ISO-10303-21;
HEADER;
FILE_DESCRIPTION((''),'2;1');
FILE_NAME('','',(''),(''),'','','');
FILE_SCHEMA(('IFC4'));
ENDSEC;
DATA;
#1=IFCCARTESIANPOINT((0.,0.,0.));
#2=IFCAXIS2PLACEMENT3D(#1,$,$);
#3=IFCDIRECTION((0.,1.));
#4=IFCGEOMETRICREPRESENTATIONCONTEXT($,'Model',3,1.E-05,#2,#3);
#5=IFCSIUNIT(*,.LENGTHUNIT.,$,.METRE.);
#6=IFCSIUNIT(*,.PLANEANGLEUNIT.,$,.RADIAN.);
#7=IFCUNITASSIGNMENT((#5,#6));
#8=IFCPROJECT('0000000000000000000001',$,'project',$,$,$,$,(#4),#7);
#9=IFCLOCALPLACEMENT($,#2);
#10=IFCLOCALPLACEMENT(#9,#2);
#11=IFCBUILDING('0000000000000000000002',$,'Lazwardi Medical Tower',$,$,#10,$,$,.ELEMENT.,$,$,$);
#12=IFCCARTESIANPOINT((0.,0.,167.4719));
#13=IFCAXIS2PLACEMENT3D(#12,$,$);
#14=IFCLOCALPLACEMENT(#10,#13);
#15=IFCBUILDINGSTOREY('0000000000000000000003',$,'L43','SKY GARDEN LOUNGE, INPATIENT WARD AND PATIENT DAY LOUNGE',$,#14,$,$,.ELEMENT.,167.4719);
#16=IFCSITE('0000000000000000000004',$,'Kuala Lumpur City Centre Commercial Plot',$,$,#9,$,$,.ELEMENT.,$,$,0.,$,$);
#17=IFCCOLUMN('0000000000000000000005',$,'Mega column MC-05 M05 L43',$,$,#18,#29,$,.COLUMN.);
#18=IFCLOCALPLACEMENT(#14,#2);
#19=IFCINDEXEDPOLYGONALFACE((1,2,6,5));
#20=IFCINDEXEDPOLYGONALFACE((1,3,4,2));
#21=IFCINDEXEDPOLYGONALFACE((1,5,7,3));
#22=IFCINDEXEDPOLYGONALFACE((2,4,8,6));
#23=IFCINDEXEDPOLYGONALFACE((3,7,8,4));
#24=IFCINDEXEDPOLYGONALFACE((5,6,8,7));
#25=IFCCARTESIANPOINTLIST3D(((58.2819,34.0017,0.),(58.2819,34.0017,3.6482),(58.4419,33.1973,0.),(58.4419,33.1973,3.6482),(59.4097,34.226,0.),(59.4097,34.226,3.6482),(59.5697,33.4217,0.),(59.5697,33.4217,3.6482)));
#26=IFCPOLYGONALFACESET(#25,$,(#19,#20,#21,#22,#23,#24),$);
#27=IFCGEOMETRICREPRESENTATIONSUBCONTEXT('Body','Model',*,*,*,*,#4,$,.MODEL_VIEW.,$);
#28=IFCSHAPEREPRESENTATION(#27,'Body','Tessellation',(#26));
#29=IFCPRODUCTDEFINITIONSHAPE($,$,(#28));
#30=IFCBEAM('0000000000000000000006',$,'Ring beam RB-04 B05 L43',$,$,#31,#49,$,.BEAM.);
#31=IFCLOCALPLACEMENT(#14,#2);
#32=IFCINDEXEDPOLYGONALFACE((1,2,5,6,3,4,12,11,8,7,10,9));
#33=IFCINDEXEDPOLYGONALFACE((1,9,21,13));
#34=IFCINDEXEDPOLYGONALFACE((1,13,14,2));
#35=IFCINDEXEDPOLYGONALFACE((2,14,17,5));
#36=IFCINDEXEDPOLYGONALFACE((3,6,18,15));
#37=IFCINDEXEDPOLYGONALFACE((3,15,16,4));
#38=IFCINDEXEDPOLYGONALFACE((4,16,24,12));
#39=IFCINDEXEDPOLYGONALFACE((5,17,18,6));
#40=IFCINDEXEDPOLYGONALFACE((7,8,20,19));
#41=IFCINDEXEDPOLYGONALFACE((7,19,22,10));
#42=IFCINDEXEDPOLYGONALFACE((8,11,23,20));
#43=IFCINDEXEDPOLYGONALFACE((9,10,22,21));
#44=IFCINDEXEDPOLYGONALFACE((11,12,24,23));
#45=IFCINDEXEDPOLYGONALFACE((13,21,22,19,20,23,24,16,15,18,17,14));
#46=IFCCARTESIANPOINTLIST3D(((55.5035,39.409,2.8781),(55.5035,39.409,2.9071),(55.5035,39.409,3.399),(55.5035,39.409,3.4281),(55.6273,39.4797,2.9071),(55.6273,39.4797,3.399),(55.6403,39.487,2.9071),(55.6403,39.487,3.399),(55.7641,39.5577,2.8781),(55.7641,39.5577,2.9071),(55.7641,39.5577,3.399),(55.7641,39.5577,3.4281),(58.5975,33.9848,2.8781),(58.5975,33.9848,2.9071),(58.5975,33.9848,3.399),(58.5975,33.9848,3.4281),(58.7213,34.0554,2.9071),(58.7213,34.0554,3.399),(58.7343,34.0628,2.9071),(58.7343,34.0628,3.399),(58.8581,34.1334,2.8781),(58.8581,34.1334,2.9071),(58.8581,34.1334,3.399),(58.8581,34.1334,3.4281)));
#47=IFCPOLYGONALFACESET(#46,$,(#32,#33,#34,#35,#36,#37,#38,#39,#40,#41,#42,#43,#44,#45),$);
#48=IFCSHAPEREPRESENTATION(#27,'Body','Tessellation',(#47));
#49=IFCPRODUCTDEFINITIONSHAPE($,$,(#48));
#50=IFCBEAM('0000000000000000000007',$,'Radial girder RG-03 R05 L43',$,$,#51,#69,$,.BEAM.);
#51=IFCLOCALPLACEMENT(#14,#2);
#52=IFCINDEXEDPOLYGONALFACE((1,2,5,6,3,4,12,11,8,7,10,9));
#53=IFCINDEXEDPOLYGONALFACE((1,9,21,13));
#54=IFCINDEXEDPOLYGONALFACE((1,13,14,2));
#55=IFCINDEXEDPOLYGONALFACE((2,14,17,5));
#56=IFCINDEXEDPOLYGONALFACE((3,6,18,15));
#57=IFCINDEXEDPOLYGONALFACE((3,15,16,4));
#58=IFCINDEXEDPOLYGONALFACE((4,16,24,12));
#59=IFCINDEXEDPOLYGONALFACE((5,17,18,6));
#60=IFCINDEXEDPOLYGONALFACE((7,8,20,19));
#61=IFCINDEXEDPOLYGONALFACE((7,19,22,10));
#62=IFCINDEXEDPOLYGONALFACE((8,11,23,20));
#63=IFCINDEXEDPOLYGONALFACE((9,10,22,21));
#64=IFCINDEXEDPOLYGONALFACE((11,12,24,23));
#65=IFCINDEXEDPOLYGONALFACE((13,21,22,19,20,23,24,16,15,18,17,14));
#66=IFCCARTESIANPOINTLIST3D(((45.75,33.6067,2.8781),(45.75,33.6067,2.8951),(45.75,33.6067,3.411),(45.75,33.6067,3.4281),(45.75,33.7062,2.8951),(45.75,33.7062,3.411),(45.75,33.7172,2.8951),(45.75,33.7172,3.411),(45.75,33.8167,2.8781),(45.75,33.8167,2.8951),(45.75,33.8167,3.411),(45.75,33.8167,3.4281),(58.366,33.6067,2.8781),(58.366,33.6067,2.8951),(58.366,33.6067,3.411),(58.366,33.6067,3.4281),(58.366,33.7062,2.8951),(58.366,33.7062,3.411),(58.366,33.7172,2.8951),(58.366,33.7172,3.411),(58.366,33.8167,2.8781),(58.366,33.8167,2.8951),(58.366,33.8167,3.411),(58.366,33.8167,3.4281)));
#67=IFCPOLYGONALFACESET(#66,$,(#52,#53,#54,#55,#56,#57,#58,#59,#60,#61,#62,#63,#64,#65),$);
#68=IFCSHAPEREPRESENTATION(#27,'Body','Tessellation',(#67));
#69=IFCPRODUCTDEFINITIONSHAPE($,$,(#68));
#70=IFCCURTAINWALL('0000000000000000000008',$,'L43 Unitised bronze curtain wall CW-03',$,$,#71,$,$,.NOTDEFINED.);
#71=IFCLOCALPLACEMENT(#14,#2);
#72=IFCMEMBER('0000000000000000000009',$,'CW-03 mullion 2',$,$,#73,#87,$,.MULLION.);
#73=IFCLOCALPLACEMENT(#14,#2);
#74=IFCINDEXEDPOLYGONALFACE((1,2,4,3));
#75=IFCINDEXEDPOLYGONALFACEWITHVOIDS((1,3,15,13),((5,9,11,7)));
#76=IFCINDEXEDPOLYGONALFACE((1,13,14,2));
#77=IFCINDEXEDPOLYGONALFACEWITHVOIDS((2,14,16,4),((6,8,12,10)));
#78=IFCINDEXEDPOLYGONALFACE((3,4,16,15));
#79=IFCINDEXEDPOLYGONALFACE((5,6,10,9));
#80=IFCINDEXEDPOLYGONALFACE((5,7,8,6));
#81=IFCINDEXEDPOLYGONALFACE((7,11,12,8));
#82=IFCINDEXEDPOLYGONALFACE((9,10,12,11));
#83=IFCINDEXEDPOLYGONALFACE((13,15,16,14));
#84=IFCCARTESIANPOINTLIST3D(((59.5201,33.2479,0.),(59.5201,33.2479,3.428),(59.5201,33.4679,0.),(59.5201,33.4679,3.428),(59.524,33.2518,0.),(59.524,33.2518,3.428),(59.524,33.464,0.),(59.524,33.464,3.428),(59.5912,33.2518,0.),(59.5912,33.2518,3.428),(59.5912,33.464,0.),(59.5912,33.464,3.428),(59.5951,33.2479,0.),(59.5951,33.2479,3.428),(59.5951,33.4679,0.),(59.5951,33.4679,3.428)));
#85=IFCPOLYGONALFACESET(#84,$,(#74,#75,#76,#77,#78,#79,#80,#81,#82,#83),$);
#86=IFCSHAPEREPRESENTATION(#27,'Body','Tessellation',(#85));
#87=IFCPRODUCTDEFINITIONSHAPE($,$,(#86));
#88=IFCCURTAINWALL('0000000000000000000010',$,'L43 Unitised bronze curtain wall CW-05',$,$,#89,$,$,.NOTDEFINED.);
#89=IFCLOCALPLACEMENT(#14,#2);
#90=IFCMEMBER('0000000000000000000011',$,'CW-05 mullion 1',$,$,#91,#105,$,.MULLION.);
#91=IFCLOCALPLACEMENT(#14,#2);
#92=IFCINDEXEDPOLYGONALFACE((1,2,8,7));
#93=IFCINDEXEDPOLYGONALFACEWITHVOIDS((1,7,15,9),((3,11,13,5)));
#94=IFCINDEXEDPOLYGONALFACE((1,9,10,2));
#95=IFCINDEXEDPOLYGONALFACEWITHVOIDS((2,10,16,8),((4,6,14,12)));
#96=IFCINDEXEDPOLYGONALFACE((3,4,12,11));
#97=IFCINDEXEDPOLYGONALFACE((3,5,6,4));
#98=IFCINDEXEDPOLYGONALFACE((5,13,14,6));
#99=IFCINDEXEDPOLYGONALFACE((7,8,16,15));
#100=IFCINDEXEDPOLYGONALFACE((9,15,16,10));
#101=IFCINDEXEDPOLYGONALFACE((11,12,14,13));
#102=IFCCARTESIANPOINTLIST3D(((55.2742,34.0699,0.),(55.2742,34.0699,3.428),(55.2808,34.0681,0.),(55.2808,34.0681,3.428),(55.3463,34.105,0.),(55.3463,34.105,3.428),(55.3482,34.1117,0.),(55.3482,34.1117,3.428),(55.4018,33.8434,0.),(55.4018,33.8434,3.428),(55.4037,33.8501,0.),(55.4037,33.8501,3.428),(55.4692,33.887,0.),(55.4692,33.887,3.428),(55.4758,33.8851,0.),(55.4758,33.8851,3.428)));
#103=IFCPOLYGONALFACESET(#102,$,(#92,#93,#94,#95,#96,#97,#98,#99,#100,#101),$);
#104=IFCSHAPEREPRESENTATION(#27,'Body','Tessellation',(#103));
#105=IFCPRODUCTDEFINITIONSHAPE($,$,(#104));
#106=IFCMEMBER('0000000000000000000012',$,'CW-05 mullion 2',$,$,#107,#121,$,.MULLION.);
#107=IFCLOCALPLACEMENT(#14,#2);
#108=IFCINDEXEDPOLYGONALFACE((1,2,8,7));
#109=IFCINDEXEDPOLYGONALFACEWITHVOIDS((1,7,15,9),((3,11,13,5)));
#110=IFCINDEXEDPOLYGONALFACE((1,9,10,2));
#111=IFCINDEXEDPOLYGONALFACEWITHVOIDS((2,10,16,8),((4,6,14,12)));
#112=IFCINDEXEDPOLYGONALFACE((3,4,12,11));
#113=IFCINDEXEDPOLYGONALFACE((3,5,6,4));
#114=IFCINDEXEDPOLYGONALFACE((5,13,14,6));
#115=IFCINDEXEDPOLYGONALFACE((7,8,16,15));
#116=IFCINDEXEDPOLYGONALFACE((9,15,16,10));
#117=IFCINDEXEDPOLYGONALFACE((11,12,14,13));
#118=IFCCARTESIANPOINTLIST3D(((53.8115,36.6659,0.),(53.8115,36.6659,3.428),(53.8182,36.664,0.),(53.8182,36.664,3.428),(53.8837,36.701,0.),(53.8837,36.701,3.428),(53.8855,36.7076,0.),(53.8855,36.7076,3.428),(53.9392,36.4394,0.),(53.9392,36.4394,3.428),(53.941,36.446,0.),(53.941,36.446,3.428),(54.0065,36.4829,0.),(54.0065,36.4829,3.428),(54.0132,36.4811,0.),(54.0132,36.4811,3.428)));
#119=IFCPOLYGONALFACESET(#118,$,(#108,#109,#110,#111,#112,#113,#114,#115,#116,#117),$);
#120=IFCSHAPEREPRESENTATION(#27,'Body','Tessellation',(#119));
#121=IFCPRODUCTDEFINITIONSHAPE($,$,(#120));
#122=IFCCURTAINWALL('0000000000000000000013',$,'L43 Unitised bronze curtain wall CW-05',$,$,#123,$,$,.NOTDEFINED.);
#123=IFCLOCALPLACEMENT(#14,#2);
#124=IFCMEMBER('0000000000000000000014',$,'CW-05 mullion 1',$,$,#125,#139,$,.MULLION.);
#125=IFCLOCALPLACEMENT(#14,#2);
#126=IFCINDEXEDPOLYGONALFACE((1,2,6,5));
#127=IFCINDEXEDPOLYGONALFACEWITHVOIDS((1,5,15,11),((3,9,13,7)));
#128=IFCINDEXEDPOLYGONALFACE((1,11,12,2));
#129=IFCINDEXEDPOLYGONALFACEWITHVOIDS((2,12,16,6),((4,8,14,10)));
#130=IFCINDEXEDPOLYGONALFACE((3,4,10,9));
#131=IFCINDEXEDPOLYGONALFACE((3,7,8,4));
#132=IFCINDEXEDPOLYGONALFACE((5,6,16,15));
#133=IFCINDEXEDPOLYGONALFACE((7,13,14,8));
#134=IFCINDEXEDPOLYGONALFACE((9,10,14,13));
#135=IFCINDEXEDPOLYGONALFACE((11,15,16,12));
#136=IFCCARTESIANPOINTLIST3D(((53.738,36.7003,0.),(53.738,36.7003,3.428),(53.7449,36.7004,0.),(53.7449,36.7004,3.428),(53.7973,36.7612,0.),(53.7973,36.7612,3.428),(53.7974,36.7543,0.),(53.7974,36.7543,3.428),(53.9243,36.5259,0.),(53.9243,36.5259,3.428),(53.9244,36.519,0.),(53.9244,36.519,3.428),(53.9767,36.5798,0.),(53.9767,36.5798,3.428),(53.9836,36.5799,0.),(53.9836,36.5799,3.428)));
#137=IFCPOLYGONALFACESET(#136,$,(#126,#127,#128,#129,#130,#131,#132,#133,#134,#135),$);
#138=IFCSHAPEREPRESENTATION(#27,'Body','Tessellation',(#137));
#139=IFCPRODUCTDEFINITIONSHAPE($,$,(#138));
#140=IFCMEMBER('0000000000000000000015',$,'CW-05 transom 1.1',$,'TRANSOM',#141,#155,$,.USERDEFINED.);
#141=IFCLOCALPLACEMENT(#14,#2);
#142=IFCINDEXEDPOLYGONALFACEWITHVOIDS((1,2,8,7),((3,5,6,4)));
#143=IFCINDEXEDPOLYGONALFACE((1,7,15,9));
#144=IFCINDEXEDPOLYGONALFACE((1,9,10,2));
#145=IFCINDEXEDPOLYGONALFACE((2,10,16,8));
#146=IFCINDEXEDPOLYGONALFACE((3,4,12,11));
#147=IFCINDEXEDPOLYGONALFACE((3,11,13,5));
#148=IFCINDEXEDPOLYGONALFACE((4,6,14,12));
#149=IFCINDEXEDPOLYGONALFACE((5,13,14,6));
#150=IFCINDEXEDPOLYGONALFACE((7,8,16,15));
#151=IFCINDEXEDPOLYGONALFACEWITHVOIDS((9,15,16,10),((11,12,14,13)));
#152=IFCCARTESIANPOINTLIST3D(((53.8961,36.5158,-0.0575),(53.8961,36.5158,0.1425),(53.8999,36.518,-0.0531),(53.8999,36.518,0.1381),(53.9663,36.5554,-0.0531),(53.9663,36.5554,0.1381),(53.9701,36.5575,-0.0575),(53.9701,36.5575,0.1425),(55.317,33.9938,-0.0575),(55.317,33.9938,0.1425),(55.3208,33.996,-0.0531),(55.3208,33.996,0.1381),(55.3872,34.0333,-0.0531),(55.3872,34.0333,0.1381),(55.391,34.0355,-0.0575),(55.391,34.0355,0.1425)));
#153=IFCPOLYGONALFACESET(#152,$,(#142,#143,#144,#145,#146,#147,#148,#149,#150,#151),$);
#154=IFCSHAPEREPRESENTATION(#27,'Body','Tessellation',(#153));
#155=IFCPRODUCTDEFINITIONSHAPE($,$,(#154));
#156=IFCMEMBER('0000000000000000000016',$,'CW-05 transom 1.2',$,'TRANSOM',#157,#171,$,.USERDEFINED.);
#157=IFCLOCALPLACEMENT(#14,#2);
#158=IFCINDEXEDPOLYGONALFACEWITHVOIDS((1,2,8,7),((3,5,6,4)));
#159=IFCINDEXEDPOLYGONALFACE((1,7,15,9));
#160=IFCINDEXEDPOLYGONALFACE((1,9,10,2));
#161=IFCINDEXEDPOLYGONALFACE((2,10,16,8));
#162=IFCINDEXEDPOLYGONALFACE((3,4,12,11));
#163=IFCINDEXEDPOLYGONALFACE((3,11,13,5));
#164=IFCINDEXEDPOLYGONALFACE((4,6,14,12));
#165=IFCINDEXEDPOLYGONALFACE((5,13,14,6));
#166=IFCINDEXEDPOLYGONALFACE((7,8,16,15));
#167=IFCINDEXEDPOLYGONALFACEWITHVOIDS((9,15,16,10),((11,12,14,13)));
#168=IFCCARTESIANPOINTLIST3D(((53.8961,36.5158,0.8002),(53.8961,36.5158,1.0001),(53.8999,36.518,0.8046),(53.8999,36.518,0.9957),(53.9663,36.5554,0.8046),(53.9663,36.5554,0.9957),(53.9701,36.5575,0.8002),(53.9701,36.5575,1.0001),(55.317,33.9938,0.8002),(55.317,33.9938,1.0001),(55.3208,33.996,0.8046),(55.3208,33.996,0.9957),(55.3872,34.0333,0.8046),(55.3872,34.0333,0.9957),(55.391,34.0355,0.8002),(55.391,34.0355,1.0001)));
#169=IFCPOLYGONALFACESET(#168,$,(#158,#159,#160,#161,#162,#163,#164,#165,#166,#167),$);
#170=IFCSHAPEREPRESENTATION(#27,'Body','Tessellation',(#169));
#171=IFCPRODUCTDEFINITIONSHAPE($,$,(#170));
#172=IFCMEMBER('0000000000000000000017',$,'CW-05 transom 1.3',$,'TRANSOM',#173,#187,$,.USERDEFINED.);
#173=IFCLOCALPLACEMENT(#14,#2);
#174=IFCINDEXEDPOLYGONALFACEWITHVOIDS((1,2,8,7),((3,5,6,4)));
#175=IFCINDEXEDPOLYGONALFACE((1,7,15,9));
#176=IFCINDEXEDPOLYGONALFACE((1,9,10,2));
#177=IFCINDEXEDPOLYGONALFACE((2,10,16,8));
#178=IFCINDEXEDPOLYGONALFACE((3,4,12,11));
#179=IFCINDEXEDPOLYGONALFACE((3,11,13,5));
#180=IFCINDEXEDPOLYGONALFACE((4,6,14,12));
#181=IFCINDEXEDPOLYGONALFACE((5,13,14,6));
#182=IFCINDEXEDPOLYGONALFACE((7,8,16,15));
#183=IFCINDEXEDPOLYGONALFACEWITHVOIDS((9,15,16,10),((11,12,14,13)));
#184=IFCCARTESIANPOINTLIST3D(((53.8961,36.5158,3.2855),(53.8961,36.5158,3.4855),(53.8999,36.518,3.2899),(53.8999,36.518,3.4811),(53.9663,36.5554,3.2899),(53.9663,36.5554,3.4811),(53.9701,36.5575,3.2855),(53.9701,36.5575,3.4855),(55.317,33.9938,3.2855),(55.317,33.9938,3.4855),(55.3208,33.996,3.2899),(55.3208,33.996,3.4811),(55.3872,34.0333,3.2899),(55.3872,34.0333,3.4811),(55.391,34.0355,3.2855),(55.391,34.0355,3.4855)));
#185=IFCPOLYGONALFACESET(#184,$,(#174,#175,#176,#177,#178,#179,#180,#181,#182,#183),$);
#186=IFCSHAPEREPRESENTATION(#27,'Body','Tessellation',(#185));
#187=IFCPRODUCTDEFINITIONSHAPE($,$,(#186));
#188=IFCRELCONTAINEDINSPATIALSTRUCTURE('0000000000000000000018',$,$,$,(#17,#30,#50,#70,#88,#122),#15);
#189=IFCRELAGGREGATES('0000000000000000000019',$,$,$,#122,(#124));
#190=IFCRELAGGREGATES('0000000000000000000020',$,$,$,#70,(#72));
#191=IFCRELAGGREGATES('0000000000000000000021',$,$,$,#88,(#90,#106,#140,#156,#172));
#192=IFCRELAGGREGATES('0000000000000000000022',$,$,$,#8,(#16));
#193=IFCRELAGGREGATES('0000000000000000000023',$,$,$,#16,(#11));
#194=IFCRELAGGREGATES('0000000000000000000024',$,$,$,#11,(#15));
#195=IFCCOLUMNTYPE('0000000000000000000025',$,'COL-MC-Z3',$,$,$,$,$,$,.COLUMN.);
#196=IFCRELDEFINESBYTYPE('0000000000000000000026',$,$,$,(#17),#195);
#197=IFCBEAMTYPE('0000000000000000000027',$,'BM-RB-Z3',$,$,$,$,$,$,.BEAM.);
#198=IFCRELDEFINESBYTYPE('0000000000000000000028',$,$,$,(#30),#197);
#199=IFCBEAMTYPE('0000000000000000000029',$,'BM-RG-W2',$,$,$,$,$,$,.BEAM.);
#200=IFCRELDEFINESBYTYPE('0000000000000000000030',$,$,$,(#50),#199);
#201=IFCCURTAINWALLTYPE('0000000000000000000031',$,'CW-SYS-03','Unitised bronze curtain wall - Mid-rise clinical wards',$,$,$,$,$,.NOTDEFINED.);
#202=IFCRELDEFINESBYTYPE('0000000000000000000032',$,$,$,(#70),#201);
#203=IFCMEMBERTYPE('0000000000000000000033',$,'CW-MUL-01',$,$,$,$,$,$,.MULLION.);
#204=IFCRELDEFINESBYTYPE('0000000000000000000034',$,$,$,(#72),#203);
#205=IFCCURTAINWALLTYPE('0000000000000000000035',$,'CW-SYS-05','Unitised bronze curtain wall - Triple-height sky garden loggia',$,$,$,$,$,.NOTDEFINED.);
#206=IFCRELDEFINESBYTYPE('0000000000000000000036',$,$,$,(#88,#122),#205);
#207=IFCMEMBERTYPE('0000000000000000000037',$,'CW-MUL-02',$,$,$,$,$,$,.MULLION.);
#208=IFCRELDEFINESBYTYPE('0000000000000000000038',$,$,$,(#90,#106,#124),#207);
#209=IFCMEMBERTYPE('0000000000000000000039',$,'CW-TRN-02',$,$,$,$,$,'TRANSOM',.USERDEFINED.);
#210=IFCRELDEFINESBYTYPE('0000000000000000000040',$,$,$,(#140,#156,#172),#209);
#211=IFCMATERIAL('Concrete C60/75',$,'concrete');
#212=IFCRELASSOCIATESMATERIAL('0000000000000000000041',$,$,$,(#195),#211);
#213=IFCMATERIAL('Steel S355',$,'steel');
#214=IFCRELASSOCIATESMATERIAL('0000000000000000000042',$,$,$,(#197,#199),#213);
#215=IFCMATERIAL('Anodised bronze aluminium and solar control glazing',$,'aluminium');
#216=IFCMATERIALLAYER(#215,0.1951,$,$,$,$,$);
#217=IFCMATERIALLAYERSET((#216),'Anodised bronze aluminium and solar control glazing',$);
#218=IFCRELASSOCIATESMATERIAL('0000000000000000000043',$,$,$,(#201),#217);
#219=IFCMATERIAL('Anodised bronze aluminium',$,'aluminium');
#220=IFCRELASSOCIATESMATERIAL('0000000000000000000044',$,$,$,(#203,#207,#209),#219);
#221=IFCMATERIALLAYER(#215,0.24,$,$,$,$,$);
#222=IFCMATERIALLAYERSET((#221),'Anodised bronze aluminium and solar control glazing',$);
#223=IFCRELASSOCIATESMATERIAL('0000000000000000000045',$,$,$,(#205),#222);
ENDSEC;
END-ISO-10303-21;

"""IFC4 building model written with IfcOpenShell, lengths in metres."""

from ifc_helpers import new_model, si_unit, direction, frame, origin, origin_2d, place, context, subcontext, project, spatial, rectangle, hollow_rectangle, i_section, extrude, material, layer, layer_set, material_profile, profile_set, type_object, element, aggregate, save


model = new_model("IFC4")

# Units and contexts
model_context = context("Model", 3, precision=1e-05, world=origin(), true_north=direction((0.0, 1.0)))
body_context = subcontext(model_context, "Body", "Model", "MODEL_VIEW")
ifc_project = project(units=[si_unit("LENGTHUNIT", "METRE"), si_unit("PLANEANGLEUNIT", "RADIAN")], contexts=[model_context])

# Site, building, storey
site_placement = place(None, origin())
site = spatial("IfcSite", under=ifc_project, at=site_placement, Name="Kuala Lumpur City Centre Commercial Plot", CompositionType="ELEMENT", RefElevation=0.0)
building_placement = place(site_placement, origin())
building = spatial("IfcBuilding", under=site, at=building_placement, Name="Lazwardi Medical Tower", CompositionType="ELEMENT")
storey_placement = place(building_placement, frame((0.0, 0.0, 167.4719)))
storey = spatial("IfcBuildingStorey", under=building, at=storey_placement, Name="L43", Description="SKY GARDEN LOUNGE, INPATIENT WARD AND PATIENT DAY LOUNGE", CompositionType="ELEMENT", Elevation=167.4719)

# Column
ifc_material_1 = material(Name="Concrete C60/75", Category="concrete")
ifc_material_profile_1 = material_profile(ifc_material_1, rectangle(XDim=1.1499, YDim=0.8201, at=origin_2d()), Name="CFT-RECT 1150x820")
ifc_profile_set_1 = profile_set([ifc_material_profile_1], Name="Concrete C60/75")
column_type = type_object("IfcColumnType", Name="COL-MC-Z3", PredefinedType="COLUMN", material=ifc_profile_set_1)
column_placement = place(storey_placement, frame((58.9258, 33.7117, 0.0), z_axis=(0.0, 0.0, 1.0), x_axis=(0.980785, 0.19509, 0.0)))
element("IfcColumn", 1, at=column_placement, inside=storey, type_object=column_type, Name="Mega column MC-05 M05 L43", PredefinedType="COLUMN", context=body_context, shape_type="SweptSolid", body=[
    extrude(rectangle(XDim=1.1499, YDim=0.8201, at=origin_2d()), origin(), (0.0, 0.0, 1.0), 3.6482),
])

# Beams
ifc_material_2 = material(Name="Steel S355", Category="steel")
ifc_material_profile_2 = material_profile(ifc_material_2, i_section(OverallWidth=0.3, OverallDepth=0.55, WebThickness=0.0149, FlangeThickness=0.0291, at=origin_2d()), Name="HEB 550")
ifc_profile_set_2 = profile_set([ifc_material_profile_2], Name="Steel S355")
beam_type_1 = type_object("IfcBeamType", Name="BM-RB-Z3", PredefinedType="BEAM", material=ifc_profile_set_2)
beam_1_placement = place(storey_placement, frame((58.7278, 34.0591, 3.1531), z_axis=(-0.495461, 0.86863, 0.0), x_axis=(-0.86863, -0.495461, 0.0)))
element("IfcBeam", 2, at=beam_1_placement, inside=storey, type_object=beam_type_1, Name="Ring beam RB-04 B05 L43", PredefinedType="BEAM", context=body_context, shape_type="SweptSolid", body=[
    extrude(i_section(OverallWidth=0.3, OverallDepth=0.55, WebThickness=0.0149, FlangeThickness=0.0291, at=origin_2d()), origin(), (0.0, 0.0, 1.0), 6.2446),
])
ifc_material_profile_3 = material_profile(ifc_material_2, i_section(OverallWidth=0.21, OverallDepth=0.55, WebThickness=0.011, FlangeThickness=0.0171, at=origin_2d()), Name="IPE 550")
ifc_profile_set_3 = profile_set([ifc_material_profile_3], Name="Steel S355")
beam_type_2 = type_object("IfcBeamType", Name="BM-RG-W2", PredefinedType="BEAM", material=ifc_profile_set_3)
beam_2_placement = place(storey_placement, frame((58.366, 33.7117, 3.1531), z_axis=(-1.0, 0.0, 0.0), x_axis=(0.0, -1.0, 0.0)))
element("IfcBeam", 3, at=beam_2_placement, inside=storey, type_object=beam_type_2, Name="Radial girder RG-03 R05 L43", PredefinedType="BEAM", context=body_context, shape_type="SweptSolid", body=[
    extrude(i_section(OverallWidth=0.21, OverallDepth=0.55, WebThickness=0.011, FlangeThickness=0.0171, at=origin_2d()), origin(), (0.0, 0.0, 1.0), 12.616),
])

# Curtain wall, member
ifc_material_3 = material(Name="Anodised bronze aluminium and solar control glazing", Category="aluminium")
ifc_layer_1 = layer(ifc_material_3, 0.1951)
ifc_layer_set_1 = layer_set([ifc_layer_1], Name="Anodised bronze aluminium and solar control glazing")
curtain_wall_type_1 = type_object("IfcCurtainWallType", Name="CW-SYS-03", Description="Unitised bronze curtain wall - Mid-rise clinical wards", PredefinedType="NOTDEFINED", material=ifc_layer_set_1)
curtain_wall_1_placement = place(storey_placement, origin())
curtain_wall_1 = element("IfcCurtainWall", 4, at=curtain_wall_1_placement, inside=storey, type_object=curtain_wall_type_1, Name="L43 Unitised bronze curtain wall CW-03", PredefinedType="NOTDEFINED")
ifc_material_4 = material(Name="Anodised bronze aluminium", Category="aluminium")
ifc_material_profile_4 = material_profile(ifc_material_4, hollow_rectangle(XDim=0.075, YDim=0.22, WallThickness=0.0039, at=origin_2d()), Name="ALU-MULLION 220x75x4")
ifc_profile_set_4 = profile_set([ifc_material_profile_4], Name="Anodised bronze aluminium")
member_type_1 = type_object("IfcMemberType", Name="CW-MUL-01", PredefinedType="MULLION", material=ifc_profile_set_4)
member_1_placement = place(storey_placement, frame((59.5576, 33.3579, 0.0), z_axis=(0.0, 0.0, 1.0), x_axis=(-1.0, 0.0, 0.0)))
member_1 = element("IfcMember", 5, at=member_1_placement, type_object=member_type_1, Name="CW-03 mullion 2", PredefinedType="MULLION", context=body_context, shape_type="SweptSolid", body=[
    extrude(hollow_rectangle(XDim=0.075, YDim=0.22, WallThickness=0.0039, at=origin_2d()), origin(), (0.0, 0.0, 1.0), 3.428),
])

# Curtain wall, members
ifc_layer_2 = layer(ifc_material_3, 0.24)
ifc_layer_set_2 = layer_set([ifc_layer_2], Name="Anodised bronze aluminium and solar control glazing")
curtain_wall_type_2 = type_object("IfcCurtainWallType", Name="CW-SYS-05", Description="Unitised bronze curtain wall - Triple-height sky garden loggia", PredefinedType="NOTDEFINED", material=ifc_layer_set_2)
curtain_wall_2_placement = place(storey_placement, origin())
curtain_wall_2 = element("IfcCurtainWall", 6, at=curtain_wall_2_placement, inside=storey, type_object=curtain_wall_type_2, Name="L43 Unitised bronze curtain wall CW-05", PredefinedType="NOTDEFINED")
ifc_material_profile_5 = material_profile(ifc_material_4, hollow_rectangle(XDim=0.085, YDim=0.26, WallThickness=0.0049, at=origin_2d()), Name="ALU-MULLION 260x85x5")
ifc_profile_set_5 = profile_set([ifc_material_profile_5], Name="Anodised bronze aluminium")
member_type_2 = type_object("IfcMemberType", Name="CW-MUL-02", PredefinedType="MULLION", material=ifc_profile_set_5)
member_2_placement = place(storey_placement, frame((55.375, 33.9775, 0.0), z_axis=(0.0, 0.0, 1.0), x_axis=(-0.871223, -0.490887, 0.0)))
member_2 = element("IfcMember", 7, at=member_2_placement, type_object=member_type_2, Name="CW-05 mullion 1", PredefinedType="MULLION", context=body_context, shape_type="SweptSolid", body=[
    extrude(hollow_rectangle(XDim=0.085, YDim=0.26, WallThickness=0.0049, at=origin_2d()), origin(), (0.0, 0.0, 1.0), 3.428),
])
member_3_placement = place(storey_placement, frame((53.9124, 36.5735, 0.0), z_axis=(0.0, 0.0, 1.0), x_axis=(-0.871223, -0.490887, 0.0)))
member_3 = element("IfcMember", 8, at=member_3_placement, type_object=member_type_2, Name="CW-05 mullion 2", PredefinedType="MULLION", context=body_context, shape_type="SweptSolid", body=[
    extrude(hollow_rectangle(XDim=0.085, YDim=0.26, WallThickness=0.0049, at=origin_2d()), origin(), (0.0, 0.0, 1.0), 3.428),
])

# Curtain wall, member
curtain_wall_3_placement = place(storey_placement, origin())
curtain_wall_3 = element("IfcCurtainWall", 9, at=curtain_wall_3_placement, inside=storey, type_object=curtain_wall_type_2, Name="L43 Unitised bronze curtain wall CW-05", PredefinedType="NOTDEFINED")
member_4_placement = place(storey_placement, frame((53.8608, 36.6401, 0.0), z_axis=(0.0, 0.0, 1.0), x_axis=(-0.697348, -0.716732, 0.0)))
member_4 = element("IfcMember", 10, at=member_4_placement, type_object=member_type_2, Name="CW-05 mullion 1", PredefinedType="MULLION", context=body_context, shape_type="SweptSolid", body=[
    extrude(hollow_rectangle(XDim=0.085, YDim=0.26, WallThickness=0.0049, at=origin_2d()), origin(), (0.0, 0.0, 1.0), 3.428),
])

# Members
ifc_material_profile_6 = material_profile(ifc_material_4, hollow_rectangle(XDim=0.085, YDim=0.2, WallThickness=0.0044, at=origin_2d()), Name="ALU-TRANSOM 200x85x4.5")
ifc_profile_set_6 = profile_set([ifc_material_profile_6], Name="Anodised bronze aluminium")
member_type_3 = type_object("IfcMemberType", Name="CW-TRN-02", ElementType="TRANSOM", PredefinedType="USERDEFINED", material=ifc_profile_set_6)
member_5_placement = place(storey_placement, frame((55.354, 34.0146, 0.0425), z_axis=(-0.490862, 0.871237, 0.0), x_axis=(-0.871237, -0.490862, 0.0)))
member_5 = element("IfcMember", 11, at=member_5_placement, type_object=member_type_3, Name="CW-05 transom 1.1", ObjectType="TRANSOM", PredefinedType="USERDEFINED", context=body_context, shape_type="SweptSolid", body=[
    extrude(hollow_rectangle(XDim=0.085, YDim=0.2, WallThickness=0.0044, at=origin_2d()), origin(), (0.0, 0.0, 1.0), 2.8948),
])
member_6_placement = place(storey_placement, frame((55.354, 34.0146, 0.9001), z_axis=(-0.490862, 0.871237, 0.0), x_axis=(-0.871237, -0.490862, 0.0)))
member_6 = element("IfcMember", 12, at=member_6_placement, type_object=member_type_3, Name="CW-05 transom 1.2", ObjectType="TRANSOM", PredefinedType="USERDEFINED", context=body_context, shape_type="SweptSolid", body=[
    extrude(hollow_rectangle(XDim=0.085, YDim=0.2, WallThickness=0.0044, at=origin_2d()), origin(), (0.0, 0.0, 1.0), 2.8948),
])
member_7_placement = place(storey_placement, frame((55.354, 34.0146, 3.3855), z_axis=(-0.490862, 0.871237, 0.0), x_axis=(-0.871237, -0.490862, 0.0)))
member_7 = element("IfcMember", 13, at=member_7_placement, type_object=member_type_3, Name="CW-05 transom 1.3", ObjectType="TRANSOM", PredefinedType="USERDEFINED", context=body_context, shape_type="SweptSolid", body=[
    extrude(hollow_rectangle(XDim=0.085, YDim=0.2, WallThickness=0.0044, at=origin_2d()), origin(), (0.0, 0.0, 1.0), 2.8948),
])
aggregate(curtain_wall_3, [member_4])

aggregate(curtain_wall_1, [member_1])
aggregate(curtain_wall_2, [member_2, member_3, member_5, member_6, member_7])

save(model, "model.ifc")
